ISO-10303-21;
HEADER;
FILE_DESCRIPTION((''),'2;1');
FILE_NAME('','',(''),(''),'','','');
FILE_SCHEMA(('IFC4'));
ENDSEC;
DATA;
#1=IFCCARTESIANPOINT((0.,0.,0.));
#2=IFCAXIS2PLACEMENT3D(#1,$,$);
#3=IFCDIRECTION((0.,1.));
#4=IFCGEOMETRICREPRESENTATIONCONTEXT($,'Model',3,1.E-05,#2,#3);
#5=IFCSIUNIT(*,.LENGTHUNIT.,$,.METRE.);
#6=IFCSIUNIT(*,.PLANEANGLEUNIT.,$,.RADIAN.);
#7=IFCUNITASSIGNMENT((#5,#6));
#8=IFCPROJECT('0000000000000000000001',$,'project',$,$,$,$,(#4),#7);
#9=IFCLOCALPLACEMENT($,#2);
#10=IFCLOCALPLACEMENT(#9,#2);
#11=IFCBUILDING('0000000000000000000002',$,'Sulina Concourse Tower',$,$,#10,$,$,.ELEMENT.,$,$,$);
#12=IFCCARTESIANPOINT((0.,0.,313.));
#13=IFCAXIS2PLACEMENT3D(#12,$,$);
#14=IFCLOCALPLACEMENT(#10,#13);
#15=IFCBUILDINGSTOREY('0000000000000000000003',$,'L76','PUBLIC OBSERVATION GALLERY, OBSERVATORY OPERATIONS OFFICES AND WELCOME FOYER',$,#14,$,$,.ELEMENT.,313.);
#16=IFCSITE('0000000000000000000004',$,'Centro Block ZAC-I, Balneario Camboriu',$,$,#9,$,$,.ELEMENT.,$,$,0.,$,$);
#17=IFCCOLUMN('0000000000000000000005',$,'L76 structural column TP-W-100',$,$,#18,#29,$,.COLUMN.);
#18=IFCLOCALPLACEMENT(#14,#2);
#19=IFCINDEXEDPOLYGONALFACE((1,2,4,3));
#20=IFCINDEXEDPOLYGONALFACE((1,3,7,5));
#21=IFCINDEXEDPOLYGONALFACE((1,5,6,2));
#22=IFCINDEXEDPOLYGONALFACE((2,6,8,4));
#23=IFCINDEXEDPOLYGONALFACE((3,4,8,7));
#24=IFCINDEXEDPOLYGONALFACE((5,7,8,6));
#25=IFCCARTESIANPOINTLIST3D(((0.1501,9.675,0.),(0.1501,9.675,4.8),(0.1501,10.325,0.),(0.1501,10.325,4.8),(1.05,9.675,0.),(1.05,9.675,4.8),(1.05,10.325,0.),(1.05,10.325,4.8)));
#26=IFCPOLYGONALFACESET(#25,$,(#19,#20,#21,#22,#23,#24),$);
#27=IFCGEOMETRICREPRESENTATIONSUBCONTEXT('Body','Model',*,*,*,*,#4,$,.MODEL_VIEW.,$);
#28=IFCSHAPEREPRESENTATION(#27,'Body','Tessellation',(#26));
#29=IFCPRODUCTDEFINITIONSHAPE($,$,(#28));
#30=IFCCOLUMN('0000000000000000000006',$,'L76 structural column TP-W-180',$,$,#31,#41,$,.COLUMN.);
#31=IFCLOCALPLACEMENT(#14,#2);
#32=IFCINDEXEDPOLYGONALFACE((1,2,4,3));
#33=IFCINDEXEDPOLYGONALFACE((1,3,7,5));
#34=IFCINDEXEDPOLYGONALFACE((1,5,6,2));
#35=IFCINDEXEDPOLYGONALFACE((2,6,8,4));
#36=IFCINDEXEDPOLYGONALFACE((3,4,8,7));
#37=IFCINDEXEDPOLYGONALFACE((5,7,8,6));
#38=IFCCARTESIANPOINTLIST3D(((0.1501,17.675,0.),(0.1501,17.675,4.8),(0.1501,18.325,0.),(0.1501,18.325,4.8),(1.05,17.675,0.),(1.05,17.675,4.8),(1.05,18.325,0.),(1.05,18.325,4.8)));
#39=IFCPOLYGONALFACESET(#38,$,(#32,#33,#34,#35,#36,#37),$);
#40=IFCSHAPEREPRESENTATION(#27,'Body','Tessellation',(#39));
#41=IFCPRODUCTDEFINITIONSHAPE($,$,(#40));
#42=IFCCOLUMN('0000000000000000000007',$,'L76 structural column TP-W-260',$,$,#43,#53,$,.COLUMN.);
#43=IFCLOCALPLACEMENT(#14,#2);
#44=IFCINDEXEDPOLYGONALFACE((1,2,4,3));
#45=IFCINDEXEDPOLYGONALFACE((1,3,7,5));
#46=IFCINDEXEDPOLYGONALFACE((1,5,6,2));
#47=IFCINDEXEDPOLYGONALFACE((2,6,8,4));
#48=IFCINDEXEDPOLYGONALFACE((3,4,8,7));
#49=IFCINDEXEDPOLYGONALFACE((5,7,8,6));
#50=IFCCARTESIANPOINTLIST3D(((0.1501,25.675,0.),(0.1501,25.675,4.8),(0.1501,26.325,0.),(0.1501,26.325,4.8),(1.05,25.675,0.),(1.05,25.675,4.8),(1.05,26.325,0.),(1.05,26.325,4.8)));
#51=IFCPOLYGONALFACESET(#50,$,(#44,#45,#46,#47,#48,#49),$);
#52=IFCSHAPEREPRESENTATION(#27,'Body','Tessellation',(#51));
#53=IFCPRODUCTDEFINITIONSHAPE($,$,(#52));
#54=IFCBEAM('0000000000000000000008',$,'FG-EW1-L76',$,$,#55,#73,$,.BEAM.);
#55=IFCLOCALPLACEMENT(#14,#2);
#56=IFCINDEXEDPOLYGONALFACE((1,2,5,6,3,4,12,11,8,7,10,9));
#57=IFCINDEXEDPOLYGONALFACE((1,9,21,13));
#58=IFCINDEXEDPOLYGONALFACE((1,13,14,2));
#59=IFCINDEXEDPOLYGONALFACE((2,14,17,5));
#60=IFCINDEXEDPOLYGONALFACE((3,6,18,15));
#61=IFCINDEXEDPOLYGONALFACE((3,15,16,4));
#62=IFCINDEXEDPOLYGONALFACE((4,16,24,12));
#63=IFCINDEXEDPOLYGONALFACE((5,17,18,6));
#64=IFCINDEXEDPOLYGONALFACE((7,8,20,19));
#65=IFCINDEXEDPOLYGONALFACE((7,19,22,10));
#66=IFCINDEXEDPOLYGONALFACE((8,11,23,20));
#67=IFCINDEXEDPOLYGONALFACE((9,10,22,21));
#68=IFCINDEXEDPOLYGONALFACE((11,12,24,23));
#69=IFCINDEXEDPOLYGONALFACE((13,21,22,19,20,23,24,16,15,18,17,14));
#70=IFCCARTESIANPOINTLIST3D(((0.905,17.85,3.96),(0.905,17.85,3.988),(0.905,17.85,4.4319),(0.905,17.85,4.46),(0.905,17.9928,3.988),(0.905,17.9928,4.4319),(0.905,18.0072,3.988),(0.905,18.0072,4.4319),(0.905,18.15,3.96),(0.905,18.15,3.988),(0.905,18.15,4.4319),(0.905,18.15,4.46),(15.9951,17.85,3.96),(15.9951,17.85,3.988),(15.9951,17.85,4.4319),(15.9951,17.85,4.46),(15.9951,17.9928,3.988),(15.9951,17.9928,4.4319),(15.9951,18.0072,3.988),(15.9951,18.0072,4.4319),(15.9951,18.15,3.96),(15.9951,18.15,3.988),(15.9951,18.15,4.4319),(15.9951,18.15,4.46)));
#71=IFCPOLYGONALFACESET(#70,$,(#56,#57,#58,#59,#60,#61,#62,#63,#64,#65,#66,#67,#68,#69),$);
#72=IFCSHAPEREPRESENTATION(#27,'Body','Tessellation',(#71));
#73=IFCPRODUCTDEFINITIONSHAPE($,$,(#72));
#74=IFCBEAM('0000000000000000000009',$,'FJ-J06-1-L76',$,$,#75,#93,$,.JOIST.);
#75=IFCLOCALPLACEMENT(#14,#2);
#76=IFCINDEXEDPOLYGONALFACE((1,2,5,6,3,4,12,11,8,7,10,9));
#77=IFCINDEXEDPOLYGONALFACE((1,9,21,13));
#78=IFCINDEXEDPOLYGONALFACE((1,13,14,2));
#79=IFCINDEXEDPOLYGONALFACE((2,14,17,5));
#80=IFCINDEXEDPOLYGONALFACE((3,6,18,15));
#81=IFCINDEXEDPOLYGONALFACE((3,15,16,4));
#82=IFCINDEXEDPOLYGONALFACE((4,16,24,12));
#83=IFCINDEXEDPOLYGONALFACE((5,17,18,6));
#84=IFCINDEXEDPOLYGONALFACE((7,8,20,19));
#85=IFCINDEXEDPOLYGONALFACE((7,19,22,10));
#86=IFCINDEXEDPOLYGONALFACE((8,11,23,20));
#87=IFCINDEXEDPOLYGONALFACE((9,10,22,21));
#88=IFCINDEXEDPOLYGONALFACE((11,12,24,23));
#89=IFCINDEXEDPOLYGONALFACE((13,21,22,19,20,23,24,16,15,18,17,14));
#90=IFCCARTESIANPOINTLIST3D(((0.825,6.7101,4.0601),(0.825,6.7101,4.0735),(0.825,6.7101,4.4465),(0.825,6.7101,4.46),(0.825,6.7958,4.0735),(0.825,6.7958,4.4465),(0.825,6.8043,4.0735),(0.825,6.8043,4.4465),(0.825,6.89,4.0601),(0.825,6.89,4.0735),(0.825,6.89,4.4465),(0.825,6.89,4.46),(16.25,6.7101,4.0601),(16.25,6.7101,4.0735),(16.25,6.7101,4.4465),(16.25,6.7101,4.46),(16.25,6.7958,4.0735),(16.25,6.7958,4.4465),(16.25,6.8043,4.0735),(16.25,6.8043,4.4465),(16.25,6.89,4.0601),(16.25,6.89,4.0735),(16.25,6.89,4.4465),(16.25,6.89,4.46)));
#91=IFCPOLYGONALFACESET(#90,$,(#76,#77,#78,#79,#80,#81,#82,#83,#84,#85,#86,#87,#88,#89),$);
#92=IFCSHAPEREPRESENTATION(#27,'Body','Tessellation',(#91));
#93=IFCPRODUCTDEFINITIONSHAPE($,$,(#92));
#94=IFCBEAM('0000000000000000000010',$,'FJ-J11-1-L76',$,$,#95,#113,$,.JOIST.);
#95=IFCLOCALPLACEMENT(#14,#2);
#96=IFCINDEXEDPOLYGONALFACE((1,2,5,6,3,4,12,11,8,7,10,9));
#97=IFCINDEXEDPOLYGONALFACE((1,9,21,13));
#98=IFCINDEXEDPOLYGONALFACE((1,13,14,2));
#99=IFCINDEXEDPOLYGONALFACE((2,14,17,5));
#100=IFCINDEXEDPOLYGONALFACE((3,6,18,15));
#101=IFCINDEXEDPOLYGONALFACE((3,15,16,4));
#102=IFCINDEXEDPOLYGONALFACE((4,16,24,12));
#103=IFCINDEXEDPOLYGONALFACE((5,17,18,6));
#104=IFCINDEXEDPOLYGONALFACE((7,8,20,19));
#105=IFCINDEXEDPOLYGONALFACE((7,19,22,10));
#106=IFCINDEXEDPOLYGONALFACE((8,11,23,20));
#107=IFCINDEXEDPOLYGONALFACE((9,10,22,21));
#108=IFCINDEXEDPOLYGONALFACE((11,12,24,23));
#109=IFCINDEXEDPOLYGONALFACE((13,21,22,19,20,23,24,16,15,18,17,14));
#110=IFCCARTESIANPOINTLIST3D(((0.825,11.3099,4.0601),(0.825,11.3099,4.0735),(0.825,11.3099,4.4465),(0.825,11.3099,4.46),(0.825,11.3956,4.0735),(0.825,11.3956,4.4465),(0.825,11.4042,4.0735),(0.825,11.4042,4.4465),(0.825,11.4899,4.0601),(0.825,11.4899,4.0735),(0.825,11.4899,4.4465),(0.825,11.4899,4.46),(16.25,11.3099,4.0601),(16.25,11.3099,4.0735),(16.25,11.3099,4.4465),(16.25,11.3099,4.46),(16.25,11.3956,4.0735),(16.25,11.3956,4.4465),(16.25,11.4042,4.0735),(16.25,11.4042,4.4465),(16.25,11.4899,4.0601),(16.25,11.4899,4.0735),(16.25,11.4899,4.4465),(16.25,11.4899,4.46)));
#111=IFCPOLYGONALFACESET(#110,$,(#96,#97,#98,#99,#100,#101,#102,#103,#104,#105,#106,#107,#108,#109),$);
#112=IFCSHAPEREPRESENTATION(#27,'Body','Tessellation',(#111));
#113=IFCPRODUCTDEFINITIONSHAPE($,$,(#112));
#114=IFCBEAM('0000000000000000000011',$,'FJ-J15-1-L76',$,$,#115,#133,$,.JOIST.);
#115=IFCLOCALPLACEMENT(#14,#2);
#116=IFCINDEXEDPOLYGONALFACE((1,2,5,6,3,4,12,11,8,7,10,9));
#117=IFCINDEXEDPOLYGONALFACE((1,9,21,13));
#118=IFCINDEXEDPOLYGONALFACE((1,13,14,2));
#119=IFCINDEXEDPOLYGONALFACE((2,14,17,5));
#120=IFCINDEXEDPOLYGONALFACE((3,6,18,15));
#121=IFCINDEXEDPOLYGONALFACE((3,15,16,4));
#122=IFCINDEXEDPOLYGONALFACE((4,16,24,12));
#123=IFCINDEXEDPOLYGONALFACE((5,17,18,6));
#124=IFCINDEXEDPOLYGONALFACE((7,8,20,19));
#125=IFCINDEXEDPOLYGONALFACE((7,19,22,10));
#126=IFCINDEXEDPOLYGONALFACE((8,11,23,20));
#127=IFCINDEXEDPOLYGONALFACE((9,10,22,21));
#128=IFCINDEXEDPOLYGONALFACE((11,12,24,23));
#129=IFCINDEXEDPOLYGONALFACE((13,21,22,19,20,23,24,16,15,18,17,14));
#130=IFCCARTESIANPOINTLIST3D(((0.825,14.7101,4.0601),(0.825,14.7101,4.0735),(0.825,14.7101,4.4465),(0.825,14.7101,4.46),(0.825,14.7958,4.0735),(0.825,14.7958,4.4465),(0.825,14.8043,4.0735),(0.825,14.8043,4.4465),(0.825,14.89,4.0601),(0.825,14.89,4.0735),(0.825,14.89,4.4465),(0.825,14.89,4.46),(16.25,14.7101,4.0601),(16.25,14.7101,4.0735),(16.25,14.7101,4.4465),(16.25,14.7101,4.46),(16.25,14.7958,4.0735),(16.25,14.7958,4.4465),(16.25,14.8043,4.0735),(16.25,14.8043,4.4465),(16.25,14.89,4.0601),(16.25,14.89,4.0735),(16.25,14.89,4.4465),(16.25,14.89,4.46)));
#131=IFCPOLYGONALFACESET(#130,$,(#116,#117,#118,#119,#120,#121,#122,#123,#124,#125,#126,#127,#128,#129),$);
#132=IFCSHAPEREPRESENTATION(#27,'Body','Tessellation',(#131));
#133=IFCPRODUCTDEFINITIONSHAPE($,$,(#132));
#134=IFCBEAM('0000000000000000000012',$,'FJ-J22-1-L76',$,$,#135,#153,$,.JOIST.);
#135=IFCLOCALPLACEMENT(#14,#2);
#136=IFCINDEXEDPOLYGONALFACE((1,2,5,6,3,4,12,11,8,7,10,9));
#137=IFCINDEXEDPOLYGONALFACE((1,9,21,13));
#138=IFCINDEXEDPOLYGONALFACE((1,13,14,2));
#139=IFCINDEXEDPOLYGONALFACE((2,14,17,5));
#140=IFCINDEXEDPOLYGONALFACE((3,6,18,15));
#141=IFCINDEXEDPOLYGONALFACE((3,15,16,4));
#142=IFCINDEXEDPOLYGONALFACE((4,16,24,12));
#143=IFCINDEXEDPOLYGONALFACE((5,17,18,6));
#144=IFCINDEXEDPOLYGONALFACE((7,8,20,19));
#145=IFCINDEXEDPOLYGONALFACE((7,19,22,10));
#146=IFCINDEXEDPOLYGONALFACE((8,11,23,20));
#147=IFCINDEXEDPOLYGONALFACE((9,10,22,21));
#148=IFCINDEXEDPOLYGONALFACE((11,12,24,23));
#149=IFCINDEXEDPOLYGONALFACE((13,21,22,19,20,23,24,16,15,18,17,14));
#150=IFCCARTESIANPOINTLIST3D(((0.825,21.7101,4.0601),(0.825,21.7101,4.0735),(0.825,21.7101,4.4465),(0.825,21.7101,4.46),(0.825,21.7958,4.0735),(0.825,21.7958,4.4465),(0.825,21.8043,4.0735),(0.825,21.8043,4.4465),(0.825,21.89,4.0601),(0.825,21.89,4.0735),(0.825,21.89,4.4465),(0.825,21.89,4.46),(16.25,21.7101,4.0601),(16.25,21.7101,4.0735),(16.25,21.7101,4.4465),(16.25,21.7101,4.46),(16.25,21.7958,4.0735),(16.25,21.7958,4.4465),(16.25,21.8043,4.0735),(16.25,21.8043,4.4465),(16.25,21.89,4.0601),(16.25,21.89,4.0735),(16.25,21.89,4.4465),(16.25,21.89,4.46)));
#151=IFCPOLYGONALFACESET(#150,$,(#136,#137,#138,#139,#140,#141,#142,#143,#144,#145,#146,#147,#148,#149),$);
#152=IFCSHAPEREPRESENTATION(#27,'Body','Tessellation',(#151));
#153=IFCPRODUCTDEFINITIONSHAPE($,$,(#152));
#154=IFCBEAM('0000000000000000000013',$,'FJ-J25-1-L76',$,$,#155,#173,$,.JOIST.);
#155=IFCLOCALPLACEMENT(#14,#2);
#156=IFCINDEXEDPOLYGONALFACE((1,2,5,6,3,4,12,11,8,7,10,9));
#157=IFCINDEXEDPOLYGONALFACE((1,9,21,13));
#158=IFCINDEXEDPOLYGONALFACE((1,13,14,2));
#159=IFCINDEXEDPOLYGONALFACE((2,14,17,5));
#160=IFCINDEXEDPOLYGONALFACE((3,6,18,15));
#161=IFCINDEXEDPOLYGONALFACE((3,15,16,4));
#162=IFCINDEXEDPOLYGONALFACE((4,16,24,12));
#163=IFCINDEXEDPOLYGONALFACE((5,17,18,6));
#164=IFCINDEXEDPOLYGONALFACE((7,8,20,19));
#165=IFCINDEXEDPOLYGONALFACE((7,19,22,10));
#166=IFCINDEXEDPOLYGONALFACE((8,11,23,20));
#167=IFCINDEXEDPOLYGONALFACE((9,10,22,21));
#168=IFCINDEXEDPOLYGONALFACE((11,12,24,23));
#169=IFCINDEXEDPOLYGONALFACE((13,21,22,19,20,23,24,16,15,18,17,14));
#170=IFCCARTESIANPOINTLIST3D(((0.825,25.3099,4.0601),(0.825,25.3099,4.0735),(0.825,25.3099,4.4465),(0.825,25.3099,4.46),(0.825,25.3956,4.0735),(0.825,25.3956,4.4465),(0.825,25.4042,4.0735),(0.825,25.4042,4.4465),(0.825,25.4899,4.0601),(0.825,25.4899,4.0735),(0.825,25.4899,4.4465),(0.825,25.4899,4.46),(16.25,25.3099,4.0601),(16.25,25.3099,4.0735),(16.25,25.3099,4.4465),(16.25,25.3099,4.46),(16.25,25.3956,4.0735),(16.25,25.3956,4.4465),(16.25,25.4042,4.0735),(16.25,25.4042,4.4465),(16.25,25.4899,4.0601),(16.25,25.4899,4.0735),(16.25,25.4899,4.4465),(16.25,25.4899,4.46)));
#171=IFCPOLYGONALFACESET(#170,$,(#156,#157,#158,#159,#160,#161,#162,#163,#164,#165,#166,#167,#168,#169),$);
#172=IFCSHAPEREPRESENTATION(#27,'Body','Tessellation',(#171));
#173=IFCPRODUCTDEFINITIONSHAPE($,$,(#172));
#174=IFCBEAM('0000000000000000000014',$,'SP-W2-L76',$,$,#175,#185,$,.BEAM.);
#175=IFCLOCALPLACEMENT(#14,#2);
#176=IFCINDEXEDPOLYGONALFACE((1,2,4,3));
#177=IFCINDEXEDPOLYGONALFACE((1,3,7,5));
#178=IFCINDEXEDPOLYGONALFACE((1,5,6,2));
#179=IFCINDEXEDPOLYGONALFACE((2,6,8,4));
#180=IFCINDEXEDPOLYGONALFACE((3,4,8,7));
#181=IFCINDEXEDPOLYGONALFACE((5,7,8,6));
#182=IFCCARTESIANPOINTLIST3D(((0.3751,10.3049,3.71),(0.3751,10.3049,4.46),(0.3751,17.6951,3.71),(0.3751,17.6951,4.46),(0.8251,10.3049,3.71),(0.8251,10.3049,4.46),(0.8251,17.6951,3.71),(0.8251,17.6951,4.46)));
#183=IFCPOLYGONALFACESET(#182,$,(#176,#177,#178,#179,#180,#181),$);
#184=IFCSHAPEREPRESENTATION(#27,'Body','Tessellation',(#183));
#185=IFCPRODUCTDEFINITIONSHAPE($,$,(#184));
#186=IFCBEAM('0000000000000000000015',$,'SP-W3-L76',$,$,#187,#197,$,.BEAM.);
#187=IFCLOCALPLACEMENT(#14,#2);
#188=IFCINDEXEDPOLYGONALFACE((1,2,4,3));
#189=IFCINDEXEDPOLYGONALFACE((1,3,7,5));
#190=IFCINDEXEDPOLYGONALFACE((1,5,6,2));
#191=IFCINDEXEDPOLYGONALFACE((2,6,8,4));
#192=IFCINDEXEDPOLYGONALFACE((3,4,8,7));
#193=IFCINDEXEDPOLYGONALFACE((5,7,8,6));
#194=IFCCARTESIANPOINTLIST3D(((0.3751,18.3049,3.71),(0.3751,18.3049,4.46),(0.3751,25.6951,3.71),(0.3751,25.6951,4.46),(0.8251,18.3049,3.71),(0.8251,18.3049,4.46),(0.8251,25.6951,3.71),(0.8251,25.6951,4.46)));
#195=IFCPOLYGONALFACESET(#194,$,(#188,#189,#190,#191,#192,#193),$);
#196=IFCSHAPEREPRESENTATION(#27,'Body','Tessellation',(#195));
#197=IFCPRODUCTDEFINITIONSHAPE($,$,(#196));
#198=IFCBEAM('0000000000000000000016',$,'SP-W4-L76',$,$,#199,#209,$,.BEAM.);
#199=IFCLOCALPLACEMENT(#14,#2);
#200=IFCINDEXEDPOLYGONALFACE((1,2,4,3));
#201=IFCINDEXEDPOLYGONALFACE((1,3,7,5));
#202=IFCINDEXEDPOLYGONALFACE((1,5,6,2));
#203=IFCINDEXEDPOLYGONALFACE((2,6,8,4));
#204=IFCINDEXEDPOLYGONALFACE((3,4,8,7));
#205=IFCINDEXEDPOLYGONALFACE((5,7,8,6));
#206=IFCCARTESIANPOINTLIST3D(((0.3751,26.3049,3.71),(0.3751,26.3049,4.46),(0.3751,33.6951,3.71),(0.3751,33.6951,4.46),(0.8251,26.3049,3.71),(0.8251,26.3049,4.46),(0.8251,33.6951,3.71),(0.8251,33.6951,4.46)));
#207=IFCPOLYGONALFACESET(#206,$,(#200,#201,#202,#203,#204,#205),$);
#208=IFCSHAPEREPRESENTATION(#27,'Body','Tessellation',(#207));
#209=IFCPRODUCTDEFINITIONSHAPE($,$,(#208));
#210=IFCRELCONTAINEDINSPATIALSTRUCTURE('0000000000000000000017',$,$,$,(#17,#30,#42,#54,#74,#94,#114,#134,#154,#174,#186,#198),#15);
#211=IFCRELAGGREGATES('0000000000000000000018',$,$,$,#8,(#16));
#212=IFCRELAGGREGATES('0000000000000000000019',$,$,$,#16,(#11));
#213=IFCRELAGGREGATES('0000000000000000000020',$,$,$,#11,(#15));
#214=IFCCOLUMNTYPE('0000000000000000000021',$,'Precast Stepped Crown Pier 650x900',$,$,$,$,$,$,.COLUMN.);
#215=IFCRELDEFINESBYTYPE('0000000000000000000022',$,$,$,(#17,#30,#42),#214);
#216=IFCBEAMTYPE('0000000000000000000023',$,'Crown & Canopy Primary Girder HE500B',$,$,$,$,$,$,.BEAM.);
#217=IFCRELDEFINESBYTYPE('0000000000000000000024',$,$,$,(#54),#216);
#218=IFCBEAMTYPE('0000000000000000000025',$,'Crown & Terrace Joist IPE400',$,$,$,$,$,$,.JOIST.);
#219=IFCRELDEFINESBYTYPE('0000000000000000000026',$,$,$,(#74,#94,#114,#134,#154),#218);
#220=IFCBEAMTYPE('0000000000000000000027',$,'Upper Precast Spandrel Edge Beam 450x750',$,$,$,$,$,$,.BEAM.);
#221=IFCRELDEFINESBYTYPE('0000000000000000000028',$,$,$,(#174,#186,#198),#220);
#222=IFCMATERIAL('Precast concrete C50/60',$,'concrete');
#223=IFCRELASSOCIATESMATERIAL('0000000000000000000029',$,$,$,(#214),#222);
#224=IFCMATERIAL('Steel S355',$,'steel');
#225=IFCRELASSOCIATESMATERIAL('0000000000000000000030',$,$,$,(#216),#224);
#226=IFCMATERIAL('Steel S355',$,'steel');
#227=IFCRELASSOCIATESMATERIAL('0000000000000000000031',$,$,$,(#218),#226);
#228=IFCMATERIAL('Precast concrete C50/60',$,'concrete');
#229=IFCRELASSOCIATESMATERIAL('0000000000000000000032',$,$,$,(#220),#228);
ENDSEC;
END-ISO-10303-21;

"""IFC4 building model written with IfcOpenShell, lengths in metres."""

from ifc_helpers import new_model, si_unit, direction, frame, origin, origin_2d, place, context, subcontext, project, spatial, rectangle, i_section, extrude, material, material_profile, profile_set, type_object, element, save


model = new_model("IFC4")

# Units and contexts
model_context = context("Model", 3, precision=1e-05, world=origin(), true_north=direction((0.0, 1.0)))
body_context = subcontext(model_context, "Body", "Model", "MODEL_VIEW")
ifc_project = project(units=[si_unit("LENGTHUNIT", "METRE"), si_unit("PLANEANGLEUNIT", "RADIAN")], contexts=[model_context])

# Site, building, storey
site_placement = place(None, origin())
site = spatial("IfcSite", under=ifc_project, at=site_placement, Name="Centro Block ZAC-I, Balneario Camboriu", CompositionType="ELEMENT", RefElevation=0.0)
building_placement = place(site_placement, origin())
building = spatial("IfcBuilding", under=site, at=building_placement, Name="Sulina Concourse Tower", CompositionType="ELEMENT")
storey_placement = place(building_placement, frame((0.0, 0.0, 313.0)))
storey = spatial("IfcBuildingStorey", under=building, at=storey_placement, Name="L76", Description="PUBLIC OBSERVATION GALLERY, OBSERVATORY OPERATIONS OFFICES AND WELCOME FOYER", CompositionType="ELEMENT", Elevation=313.0)

# Columns
ifc_material_1 = material(Name="Precast concrete C50/60", Category="concrete")
ifc_material_profile_1 = material_profile(ifc_material_1, rectangle(XDim=0.6499, YDim=0.8999, at=origin_2d()), Name="PC 650x900")
ifc_profile_set_1 = profile_set([ifc_material_profile_1], Name="Precast concrete C50/60")
column_type = type_object("IfcColumnType", Name="Precast Stepped Crown Pier 650x900", PredefinedType="COLUMN", material=ifc_profile_set_1)
for number, where, z_axis, x_axis, name in (
    (1, (0.6001, 10.0, 0.0), (0.0, 0.0, 1.0), (0.0, 1.0, 0.0), "L76 structural column TP-W-100"),
    (2, (0.6001, 18.0, 0.0), (0.0, 0.0, 1.0), (0.0, 1.0, 0.0), "L76 structural column TP-W-180"),
    (3, (0.6001, 26.0, 0.0), (0.0, 0.0, 1.0), (0.0, 1.0, 0.0), "L76 structural column TP-W-260"),
):
    element("IfcColumn", number, at=place(storey_placement, frame(where, z_axis=z_axis, x_axis=x_axis)), inside=storey, type_object=column_type, Name=name, PredefinedType="COLUMN", context=body_context, shape_type="SweptSolid", body=[
        extrude(rectangle(XDim=0.6499, YDim=0.8999, at=origin_2d()), origin(), (0.0, 0.0, 1.0), 4.8),
    ])

# Beams
ifc_material_2 = material(Name="Steel S355", Category="steel")
ifc_material_profile_2 = material_profile(ifc_material_2, i_section(OverallWidth=0.3, OverallDepth=0.5, WebThickness=0.0144, FlangeThickness=0.0281, at=origin_2d()), Name="HE 500 B")
ifc_profile_set_2 = profile_set([ifc_material_profile_2], Name="Steel S355")
beam_type_1 = type_object("IfcBeamType", Name="Crown & Canopy Primary Girder HE500B", PredefinedType="BEAM", material=ifc_profile_set_2)
beam_placement = place(storey_placement, frame((0.905, 18.0, 4.21), z_axis=(1.0, 0.0, 0.0), x_axis=(0.0, 1.0, 0.0)))
element("IfcBeam", 4, at=beam_placement, inside=storey, type_object=beam_type_1, Name="FG-EW1-L76", PredefinedType="BEAM", context=body_context, shape_type="SweptSolid", body=[
    extrude(i_section(OverallWidth=0.3, OverallDepth=0.5, WebThickness=0.0144, FlangeThickness=0.0281, at=origin_2d()), origin(), (0.0, 0.0, 1.0), 15.0901),
])
ifc_material_3 = material(Name="Steel S355", Category="steel")
ifc_material_profile_3 = material_profile(ifc_material_3, i_section(OverallWidth=0.1799, OverallDepth=0.3999, WebThickness=0.0085, FlangeThickness=0.0134, at=origin_2d()), Name="IPE 400")
ifc_profile_set_3 = profile_set([ifc_material_profile_3], Name="Steel S355")
beam_type_2 = type_object("IfcBeamType", Name="Crown & Terrace Joist IPE400", PredefinedType="JOIST", material=ifc_profile_set_3)
for number, where, z_axis, x_axis, name in (
    (5, (0.825, 6.8, 4.26), (1.0, 0.0, 0.0), (0.0, 1.0, 0.0), "FJ-J06-1-L76"),
    (6, (0.825, 11.3999, 4.26), (1.0, 0.0, 0.0), (0.0, 1.0, 0.0), "FJ-J11-1-L76"),
    (7, (0.825, 14.8, 4.26), (1.0, 0.0, 0.0), (0.0, 1.0, 0.0), "FJ-J15-1-L76"),
    (8, (0.825, 21.8, 4.26), (1.0, 0.0, 0.0), (0.0, 1.0, 0.0), "FJ-J22-1-L76"),
    (9, (0.825, 25.3999, 4.26), (1.0, 0.0, 0.0), (0.0, 1.0, 0.0), "FJ-J25-1-L76"),
):
    element("IfcBeam", number, at=place(storey_placement, frame(where, z_axis=z_axis, x_axis=x_axis)), inside=storey, type_object=beam_type_2, Name=name, PredefinedType="JOIST", context=body_context, shape_type="SweptSolid", body=[
        extrude(i_section(OverallWidth=0.1799, OverallDepth=0.3999, WebThickness=0.0085, FlangeThickness=0.0134, at=origin_2d()), origin(), (0.0, 0.0, 1.0), 15.425),
    ])
ifc_material_4 = material(Name="Precast concrete C50/60", Category="concrete")
ifc_material_profile_4 = material_profile(ifc_material_4, rectangle(XDim=0.45, YDim=0.75, at=origin_2d()), Name="RC 450x750")
ifc_profile_set_4 = profile_set([ifc_material_profile_4], Name="Precast concrete C50/60")
beam_type_3 = type_object("IfcBeamType", Name="Upper Precast Spandrel Edge Beam 450x750", PredefinedType="BEAM", material=ifc_profile_set_4)
for number, where, z_axis, x_axis, name in (
    (10, (0.6001, 10.3049, 4.085), (0.0, 1.0, 0.0), (-1.0, 0.0, 0.0), "SP-W2-L76"),
    (11, (0.6001, 18.3049, 4.085), (0.0, 1.0, 0.0), (-1.0, 0.0, 0.0), "SP-W3-L76"),
    (12, (0.6001, 26.3049, 4.085), (0.0, 1.0, 0.0), (-1.0, 0.0, 0.0), "SP-W4-L76"),
):
    element("IfcBeam", number, at=place(storey_placement, frame(where, z_axis=z_axis, x_axis=x_axis)), inside=storey, type_object=beam_type_3, Name=name, PredefinedType="BEAM", context=body_context, shape_type="SweptSolid", body=[
        extrude(rectangle(XDim=0.45, YDim=0.75, at=origin_2d()), origin(), (0.0, 0.0, 1.0), 7.3901),
    ])

save(model, "model.ifc")
